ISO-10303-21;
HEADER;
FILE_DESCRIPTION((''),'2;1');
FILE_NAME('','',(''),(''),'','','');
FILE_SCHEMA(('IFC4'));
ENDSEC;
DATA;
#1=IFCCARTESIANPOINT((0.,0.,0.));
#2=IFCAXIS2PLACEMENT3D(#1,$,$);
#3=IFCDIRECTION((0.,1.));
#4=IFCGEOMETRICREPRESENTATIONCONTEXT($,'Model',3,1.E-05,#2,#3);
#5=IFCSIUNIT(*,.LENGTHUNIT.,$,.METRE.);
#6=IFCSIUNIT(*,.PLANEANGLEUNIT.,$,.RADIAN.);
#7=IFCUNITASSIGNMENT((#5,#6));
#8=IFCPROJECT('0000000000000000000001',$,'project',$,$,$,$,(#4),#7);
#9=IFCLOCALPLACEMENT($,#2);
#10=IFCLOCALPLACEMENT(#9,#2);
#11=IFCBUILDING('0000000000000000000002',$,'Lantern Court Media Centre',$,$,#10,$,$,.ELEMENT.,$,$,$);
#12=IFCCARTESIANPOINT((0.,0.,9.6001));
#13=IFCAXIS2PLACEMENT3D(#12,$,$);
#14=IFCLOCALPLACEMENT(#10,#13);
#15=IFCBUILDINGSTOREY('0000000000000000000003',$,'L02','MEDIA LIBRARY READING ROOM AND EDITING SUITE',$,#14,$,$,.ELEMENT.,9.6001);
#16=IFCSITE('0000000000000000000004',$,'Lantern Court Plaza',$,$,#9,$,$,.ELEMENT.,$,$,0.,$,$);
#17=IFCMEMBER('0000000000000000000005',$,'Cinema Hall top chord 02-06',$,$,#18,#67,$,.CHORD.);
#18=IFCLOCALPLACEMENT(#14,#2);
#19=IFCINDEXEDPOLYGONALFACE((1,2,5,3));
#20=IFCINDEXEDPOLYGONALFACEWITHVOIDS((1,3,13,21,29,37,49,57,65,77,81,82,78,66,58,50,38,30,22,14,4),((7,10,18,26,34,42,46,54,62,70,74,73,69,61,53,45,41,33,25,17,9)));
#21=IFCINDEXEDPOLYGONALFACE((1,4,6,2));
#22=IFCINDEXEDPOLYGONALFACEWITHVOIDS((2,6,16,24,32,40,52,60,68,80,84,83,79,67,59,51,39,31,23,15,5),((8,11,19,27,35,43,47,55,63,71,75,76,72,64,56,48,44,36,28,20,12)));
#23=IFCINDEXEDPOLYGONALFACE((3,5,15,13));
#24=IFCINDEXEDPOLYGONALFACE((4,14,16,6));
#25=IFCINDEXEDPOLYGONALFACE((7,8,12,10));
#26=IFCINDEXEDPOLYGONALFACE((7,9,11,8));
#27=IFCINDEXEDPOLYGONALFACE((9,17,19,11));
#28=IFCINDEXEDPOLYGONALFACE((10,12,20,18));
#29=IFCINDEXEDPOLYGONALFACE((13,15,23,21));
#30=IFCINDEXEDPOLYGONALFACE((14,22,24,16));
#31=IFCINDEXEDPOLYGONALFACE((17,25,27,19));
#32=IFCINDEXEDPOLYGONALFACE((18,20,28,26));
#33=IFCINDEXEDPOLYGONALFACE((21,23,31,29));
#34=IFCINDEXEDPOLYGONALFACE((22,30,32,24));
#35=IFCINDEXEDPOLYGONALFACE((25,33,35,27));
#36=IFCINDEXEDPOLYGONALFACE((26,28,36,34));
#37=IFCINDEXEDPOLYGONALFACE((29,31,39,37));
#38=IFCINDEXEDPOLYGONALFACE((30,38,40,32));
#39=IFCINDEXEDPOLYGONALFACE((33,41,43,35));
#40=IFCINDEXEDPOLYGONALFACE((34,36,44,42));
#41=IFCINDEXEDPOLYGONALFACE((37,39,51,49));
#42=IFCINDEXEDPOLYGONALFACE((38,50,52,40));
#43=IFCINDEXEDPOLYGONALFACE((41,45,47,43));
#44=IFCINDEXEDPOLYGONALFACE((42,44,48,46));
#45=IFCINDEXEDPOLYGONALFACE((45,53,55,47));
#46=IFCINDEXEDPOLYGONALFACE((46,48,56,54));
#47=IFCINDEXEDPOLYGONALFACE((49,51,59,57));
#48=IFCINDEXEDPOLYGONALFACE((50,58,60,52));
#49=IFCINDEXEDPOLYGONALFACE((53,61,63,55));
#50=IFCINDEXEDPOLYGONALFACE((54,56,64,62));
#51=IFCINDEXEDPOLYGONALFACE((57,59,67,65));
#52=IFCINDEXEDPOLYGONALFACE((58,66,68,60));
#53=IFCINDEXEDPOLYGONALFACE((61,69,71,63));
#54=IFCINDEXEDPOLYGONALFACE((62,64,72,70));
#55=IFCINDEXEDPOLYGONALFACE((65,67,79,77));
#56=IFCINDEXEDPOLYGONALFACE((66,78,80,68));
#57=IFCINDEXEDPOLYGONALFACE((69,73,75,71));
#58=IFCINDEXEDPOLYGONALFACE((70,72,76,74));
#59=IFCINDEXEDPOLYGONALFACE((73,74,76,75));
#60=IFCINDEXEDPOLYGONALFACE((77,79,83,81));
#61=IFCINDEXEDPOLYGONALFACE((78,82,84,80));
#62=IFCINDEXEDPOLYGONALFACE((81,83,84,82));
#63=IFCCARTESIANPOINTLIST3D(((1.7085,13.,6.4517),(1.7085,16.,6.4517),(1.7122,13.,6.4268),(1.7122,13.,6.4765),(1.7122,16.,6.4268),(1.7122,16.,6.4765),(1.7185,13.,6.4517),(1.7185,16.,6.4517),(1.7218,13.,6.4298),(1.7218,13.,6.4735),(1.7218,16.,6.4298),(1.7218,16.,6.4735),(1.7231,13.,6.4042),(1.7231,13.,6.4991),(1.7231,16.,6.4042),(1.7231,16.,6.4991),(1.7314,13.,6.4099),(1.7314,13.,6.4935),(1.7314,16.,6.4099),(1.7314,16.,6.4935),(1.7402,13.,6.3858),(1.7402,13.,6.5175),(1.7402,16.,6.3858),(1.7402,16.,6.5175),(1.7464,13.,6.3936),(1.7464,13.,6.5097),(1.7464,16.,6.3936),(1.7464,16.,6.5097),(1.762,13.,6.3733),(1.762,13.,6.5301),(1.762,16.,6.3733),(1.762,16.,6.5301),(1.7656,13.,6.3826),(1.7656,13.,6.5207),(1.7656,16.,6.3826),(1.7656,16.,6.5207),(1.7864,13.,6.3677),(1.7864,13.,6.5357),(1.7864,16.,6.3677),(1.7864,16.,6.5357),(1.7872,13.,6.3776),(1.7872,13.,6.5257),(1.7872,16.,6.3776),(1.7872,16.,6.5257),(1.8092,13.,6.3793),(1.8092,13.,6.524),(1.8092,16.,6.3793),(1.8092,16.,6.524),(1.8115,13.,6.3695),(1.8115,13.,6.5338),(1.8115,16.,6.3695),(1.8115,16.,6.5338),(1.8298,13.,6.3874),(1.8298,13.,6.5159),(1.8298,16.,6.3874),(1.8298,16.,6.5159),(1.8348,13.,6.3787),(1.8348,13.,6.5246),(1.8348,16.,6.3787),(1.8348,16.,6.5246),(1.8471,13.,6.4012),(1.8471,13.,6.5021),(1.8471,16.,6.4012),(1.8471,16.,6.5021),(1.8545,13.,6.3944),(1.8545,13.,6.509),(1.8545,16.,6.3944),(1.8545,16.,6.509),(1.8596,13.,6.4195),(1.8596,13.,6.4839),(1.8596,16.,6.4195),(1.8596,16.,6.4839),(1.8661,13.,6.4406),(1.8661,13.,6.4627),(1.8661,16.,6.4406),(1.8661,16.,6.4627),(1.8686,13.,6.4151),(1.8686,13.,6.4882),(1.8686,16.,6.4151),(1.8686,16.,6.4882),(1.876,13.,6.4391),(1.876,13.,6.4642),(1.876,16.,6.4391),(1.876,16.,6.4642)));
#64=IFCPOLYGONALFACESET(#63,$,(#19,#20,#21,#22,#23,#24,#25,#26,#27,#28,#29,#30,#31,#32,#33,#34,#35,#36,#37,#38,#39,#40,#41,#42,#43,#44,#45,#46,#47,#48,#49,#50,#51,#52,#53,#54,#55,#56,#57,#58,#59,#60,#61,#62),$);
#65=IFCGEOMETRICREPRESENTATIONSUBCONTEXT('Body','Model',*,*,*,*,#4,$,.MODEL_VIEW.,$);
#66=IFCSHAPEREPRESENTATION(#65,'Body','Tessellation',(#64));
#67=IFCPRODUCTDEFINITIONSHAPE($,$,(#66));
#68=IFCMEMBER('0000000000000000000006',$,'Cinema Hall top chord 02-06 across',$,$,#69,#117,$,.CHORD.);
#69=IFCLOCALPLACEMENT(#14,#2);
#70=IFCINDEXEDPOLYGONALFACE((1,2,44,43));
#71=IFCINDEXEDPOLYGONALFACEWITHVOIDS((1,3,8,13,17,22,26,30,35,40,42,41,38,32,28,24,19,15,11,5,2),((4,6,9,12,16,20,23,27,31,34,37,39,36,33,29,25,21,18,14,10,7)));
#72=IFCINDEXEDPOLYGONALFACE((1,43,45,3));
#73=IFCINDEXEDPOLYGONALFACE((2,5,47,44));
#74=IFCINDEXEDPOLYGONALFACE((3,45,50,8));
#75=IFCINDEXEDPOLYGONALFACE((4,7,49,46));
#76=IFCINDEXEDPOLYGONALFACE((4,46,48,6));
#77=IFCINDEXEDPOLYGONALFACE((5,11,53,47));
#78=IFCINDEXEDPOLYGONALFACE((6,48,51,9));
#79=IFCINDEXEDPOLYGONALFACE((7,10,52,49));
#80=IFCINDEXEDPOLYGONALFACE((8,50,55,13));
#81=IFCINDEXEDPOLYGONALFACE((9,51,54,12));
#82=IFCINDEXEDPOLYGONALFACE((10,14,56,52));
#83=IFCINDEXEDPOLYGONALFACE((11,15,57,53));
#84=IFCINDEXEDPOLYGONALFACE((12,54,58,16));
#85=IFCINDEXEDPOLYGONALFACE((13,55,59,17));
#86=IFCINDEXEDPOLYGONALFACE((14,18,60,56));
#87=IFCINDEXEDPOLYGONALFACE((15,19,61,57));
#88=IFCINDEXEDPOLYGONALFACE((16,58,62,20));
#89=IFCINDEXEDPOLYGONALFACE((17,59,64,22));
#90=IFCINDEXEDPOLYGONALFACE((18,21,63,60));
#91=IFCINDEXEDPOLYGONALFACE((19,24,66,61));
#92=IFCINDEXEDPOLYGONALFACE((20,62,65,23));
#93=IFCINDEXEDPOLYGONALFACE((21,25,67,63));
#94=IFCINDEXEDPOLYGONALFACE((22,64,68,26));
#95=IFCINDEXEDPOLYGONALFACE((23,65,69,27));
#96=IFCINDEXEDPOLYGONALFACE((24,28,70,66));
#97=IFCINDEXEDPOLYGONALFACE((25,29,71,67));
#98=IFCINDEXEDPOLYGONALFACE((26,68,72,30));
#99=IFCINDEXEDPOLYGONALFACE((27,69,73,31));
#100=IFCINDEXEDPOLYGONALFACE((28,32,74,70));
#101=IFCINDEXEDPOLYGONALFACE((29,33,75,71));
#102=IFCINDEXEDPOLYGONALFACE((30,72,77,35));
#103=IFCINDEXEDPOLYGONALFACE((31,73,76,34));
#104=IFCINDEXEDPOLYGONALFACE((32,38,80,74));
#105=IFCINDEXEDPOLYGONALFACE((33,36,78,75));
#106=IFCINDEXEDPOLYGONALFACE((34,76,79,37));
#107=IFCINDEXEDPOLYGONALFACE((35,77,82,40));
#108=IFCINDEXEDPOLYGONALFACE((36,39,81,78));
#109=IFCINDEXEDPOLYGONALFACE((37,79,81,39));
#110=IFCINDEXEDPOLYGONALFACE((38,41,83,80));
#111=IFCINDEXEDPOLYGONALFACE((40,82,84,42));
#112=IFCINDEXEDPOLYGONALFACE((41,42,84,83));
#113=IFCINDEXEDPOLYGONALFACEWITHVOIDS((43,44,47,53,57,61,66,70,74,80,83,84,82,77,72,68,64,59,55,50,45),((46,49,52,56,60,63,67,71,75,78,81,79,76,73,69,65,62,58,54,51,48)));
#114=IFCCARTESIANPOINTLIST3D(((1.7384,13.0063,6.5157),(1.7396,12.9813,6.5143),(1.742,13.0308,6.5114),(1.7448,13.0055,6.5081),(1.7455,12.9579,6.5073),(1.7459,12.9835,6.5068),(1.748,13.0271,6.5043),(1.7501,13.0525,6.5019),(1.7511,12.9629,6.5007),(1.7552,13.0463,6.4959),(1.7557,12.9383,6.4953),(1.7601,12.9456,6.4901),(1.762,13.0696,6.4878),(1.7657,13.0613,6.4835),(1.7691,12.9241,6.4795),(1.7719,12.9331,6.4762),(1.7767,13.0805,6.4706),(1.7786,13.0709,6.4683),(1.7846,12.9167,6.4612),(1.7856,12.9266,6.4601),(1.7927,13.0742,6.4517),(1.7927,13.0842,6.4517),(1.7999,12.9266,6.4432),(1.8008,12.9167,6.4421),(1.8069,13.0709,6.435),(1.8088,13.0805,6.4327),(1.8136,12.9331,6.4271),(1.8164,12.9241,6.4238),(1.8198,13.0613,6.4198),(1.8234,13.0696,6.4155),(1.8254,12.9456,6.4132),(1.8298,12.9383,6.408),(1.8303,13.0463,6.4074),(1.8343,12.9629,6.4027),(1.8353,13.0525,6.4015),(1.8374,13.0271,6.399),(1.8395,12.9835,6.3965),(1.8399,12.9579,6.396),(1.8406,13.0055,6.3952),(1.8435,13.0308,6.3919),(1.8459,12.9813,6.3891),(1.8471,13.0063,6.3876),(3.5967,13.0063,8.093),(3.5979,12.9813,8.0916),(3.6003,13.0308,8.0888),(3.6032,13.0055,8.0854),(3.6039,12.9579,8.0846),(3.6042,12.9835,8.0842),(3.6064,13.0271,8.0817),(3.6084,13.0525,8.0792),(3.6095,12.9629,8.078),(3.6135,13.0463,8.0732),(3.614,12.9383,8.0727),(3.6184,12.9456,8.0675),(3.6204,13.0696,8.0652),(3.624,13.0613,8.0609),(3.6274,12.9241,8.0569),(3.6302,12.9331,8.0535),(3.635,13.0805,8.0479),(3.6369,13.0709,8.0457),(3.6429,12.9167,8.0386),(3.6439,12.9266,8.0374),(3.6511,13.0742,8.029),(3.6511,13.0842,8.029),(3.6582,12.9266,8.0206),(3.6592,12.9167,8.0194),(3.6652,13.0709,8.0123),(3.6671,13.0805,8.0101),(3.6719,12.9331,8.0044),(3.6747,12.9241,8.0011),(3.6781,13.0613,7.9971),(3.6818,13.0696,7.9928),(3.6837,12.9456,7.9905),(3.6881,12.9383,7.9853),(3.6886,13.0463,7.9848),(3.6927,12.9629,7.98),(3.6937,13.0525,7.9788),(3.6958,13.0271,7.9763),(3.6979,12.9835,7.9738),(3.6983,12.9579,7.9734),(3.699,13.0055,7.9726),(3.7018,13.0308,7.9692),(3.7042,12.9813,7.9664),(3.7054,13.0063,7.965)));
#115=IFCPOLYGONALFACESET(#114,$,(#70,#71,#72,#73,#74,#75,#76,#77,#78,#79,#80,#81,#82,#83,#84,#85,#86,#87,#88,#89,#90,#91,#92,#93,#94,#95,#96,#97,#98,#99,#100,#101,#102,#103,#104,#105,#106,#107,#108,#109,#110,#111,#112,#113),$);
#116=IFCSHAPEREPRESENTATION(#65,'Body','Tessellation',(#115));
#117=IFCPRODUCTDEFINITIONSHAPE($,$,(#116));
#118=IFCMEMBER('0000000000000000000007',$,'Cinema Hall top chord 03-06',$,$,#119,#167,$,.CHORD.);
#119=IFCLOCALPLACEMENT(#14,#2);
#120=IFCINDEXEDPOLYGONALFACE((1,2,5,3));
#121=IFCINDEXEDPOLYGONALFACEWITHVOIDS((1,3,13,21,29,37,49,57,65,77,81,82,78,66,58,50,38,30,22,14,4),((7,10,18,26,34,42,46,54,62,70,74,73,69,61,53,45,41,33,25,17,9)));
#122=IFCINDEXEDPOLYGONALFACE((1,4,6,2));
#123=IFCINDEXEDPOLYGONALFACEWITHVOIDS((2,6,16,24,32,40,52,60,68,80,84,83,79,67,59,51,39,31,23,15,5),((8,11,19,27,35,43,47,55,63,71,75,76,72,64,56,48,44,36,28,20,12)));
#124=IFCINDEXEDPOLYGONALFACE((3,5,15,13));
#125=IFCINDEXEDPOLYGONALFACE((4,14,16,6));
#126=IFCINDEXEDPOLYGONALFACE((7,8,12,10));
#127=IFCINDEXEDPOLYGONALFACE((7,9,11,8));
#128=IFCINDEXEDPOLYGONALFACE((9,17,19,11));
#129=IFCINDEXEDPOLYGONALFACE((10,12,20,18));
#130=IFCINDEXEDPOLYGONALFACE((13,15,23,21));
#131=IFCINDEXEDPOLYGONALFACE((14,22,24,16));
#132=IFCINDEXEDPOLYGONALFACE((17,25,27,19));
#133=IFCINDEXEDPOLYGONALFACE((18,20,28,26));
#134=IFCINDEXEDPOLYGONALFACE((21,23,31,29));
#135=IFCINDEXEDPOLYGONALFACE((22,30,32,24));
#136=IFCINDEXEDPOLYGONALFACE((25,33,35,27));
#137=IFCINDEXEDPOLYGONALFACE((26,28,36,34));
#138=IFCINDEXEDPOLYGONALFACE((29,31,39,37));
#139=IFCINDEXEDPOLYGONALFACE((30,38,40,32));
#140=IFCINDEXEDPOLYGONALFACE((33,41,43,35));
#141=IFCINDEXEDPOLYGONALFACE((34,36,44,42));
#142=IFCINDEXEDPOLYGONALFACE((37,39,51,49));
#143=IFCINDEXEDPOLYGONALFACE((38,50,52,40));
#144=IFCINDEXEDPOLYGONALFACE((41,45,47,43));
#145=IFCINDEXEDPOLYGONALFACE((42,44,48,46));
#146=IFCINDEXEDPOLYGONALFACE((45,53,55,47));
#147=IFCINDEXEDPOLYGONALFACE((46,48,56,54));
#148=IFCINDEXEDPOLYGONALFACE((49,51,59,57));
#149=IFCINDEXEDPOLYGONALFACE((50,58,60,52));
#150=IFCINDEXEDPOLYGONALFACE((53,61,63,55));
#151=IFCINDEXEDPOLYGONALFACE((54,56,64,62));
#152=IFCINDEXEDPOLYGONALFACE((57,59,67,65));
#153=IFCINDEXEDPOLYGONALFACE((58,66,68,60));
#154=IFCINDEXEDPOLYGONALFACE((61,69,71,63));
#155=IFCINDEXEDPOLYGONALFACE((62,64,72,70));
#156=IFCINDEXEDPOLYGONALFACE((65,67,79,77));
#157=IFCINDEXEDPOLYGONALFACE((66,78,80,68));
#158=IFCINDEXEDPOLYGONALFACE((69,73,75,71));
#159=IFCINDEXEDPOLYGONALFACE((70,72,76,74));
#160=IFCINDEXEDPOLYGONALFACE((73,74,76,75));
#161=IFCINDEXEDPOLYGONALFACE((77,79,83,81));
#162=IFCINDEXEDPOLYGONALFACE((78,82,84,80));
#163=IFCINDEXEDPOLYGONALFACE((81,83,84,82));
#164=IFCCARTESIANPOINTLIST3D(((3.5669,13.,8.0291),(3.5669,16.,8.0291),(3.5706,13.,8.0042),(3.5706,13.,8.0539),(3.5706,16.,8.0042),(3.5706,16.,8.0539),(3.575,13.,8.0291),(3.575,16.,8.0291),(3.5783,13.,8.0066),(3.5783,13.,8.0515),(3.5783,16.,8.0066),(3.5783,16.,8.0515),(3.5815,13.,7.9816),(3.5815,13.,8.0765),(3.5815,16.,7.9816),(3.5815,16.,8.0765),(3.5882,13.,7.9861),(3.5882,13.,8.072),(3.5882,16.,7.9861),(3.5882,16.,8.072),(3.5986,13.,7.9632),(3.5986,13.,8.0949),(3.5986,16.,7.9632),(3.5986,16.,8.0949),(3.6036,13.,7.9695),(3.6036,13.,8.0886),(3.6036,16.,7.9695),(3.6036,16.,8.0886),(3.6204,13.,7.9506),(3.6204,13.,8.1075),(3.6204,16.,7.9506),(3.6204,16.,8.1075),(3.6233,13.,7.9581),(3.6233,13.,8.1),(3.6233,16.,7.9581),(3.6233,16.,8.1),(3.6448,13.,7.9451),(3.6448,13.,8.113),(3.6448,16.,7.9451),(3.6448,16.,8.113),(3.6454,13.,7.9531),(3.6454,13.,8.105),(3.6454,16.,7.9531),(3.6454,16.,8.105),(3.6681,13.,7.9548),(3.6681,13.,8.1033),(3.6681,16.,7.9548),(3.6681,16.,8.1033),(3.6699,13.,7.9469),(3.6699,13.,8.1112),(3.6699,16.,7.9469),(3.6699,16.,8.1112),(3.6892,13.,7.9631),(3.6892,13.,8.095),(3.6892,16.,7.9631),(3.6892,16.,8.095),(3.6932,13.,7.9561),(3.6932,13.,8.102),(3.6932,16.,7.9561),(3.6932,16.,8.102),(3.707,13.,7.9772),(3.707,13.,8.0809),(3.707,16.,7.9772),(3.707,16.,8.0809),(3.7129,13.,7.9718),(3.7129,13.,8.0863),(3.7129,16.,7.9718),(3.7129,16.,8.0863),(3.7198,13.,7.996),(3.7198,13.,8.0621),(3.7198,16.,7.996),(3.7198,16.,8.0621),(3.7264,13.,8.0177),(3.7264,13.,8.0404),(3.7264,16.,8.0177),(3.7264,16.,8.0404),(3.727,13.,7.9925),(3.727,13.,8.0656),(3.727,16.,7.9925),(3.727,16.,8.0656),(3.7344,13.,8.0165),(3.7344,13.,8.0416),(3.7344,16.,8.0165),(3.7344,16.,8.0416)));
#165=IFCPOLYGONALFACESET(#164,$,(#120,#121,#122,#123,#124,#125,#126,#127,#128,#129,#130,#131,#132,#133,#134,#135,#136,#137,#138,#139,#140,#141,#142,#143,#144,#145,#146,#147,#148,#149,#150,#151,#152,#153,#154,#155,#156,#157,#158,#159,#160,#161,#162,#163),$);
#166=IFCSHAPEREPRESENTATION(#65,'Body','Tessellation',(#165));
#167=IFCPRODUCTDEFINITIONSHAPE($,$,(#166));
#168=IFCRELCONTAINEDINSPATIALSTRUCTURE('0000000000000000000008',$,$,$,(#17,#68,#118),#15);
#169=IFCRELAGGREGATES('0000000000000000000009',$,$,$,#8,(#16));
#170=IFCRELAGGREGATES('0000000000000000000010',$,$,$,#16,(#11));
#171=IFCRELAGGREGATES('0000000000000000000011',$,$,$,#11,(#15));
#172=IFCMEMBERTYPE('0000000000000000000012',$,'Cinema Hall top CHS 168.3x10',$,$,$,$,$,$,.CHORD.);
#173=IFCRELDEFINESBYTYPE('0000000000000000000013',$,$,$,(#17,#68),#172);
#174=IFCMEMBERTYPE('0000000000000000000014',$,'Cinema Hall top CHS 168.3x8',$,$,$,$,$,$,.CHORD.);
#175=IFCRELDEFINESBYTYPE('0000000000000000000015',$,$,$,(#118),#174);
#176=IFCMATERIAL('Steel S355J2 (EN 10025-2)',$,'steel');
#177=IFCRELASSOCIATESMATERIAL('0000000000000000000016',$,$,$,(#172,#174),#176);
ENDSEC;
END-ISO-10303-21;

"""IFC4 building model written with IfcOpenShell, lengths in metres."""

from ifc_helpers import new_model, si_unit, direction, frame, origin, origin_2d, place, context, subcontext, project, spatial, hollow_circle, extrude, material, material_profile, profile_set, type_object, element, save


model = new_model("IFC4")

# Units and contexts
model_context = context("Model", 3, precision=1e-05, world=origin(), true_north=direction((0.0, 1.0)))
body_context = subcontext(model_context, "Body", "Model", "MODEL_VIEW")
ifc_project = project(units=[si_unit("LENGTHUNIT", "METRE"), si_unit("PLANEANGLEUNIT", "RADIAN")], contexts=[model_context])

# Site, building, storey
site_placement = place(None, origin())
site = spatial("IfcSite", under=ifc_project, at=site_placement, Name="Lantern Court Plaza", CompositionType="ELEMENT", RefElevation=0.0)
building_placement = place(site_placement, origin())
building = spatial("IfcBuilding", under=site, at=building_placement, Name="Lantern Court Media Centre", CompositionType="ELEMENT")
storey_placement = place(building_placement, frame((0.0, 0.0, 9.6001)))
storey = spatial("IfcBuildingStorey", under=building, at=storey_placement, Name="L02", Description="MEDIA LIBRARY READING ROOM AND EDITING SUITE", CompositionType="ELEMENT", Elevation=9.6001)

# Members
ifc_material = material(Name="Steel S355J2 (EN 10025-2)", Category="steel")
ifc_material_profile_1 = material_profile(ifc_material, hollow_circle(Radius=0.0842, WallThickness=0.01, at=origin_2d()), Name="Cinema Hall top CHS 168.3x10")
ifc_profile_set_1 = profile_set([ifc_material_profile_1], Name="Steel S355J2 (EN 10025-2)")
member_type_1 = type_object("IfcMemberType", Name="Cinema Hall top CHS 168.3x10", PredefinedType="CHORD", material=ifc_profile_set_1)
member_1_placement = place(storey_placement, frame((1.7927, 13.0, 6.4517), z_axis=(0.0, 1.0, 0.0), x_axis=(-1.0, 0.0, 0.0)))
element("IfcMember", 1, at=member_1_placement, inside=storey, type_object=member_type_1, Name="Cinema Hall top chord 02-06", PredefinedType="CHORD", context=body_context, shape_type="SweptSolid", body=[
    extrude(hollow_circle(Radius=0.0842, WallThickness=0.01, at=origin_2d()), origin(), (0.0, 0.0, 1.0), 3.0),
])
member_2_placement = place(storey_placement, frame((1.7927, 13.0, 6.4517), z_axis=(0.762394, 0.0, 0.647113), x_axis=(0.0, 1.0, 0.0)))
element("IfcMember", 2, at=member_2_placement, inside=storey, type_object=member_type_1, Name="Cinema Hall top chord 02-06 across", PredefinedType="CHORD", context=body_context, shape_type="SweptSolid", body=[
    extrude(hollow_circle(Radius=0.0842, WallThickness=0.01, at=origin_2d()), origin(), (0.0, 0.0, 1.0), 2.4375),
])
ifc_material_profile_2 = material_profile(ifc_material, hollow_circle(Radius=0.0842, WallThickness=0.0081, at=origin_2d()), Name="Cinema Hall top CHS 168.3x8")
ifc_profile_set_2 = profile_set([ifc_material_profile_2], Name="Steel S355J2 (EN 10025-2)")
member_type_2 = type_object("IfcMemberType", Name="Cinema Hall top CHS 168.3x8", PredefinedType="CHORD", material=ifc_profile_set_2)
member_3_placement = place(storey_placement, frame((3.6511, 13.0, 8.0291), z_axis=(0.0, 1.0, 0.0), x_axis=(-1.0, 0.0, 0.0)))
element("IfcMember", 3, at=member_3_placement, inside=storey, type_object=member_type_2, Name="Cinema Hall top chord 03-06", PredefinedType="CHORD", context=body_context, shape_type="SweptSolid", body=[
    extrude(hollow_circle(Radius=0.0842, WallThickness=0.0081, at=origin_2d()), origin(), (0.0, 0.0, 1.0), 3.0),
])

save(model, "model.ifc")
